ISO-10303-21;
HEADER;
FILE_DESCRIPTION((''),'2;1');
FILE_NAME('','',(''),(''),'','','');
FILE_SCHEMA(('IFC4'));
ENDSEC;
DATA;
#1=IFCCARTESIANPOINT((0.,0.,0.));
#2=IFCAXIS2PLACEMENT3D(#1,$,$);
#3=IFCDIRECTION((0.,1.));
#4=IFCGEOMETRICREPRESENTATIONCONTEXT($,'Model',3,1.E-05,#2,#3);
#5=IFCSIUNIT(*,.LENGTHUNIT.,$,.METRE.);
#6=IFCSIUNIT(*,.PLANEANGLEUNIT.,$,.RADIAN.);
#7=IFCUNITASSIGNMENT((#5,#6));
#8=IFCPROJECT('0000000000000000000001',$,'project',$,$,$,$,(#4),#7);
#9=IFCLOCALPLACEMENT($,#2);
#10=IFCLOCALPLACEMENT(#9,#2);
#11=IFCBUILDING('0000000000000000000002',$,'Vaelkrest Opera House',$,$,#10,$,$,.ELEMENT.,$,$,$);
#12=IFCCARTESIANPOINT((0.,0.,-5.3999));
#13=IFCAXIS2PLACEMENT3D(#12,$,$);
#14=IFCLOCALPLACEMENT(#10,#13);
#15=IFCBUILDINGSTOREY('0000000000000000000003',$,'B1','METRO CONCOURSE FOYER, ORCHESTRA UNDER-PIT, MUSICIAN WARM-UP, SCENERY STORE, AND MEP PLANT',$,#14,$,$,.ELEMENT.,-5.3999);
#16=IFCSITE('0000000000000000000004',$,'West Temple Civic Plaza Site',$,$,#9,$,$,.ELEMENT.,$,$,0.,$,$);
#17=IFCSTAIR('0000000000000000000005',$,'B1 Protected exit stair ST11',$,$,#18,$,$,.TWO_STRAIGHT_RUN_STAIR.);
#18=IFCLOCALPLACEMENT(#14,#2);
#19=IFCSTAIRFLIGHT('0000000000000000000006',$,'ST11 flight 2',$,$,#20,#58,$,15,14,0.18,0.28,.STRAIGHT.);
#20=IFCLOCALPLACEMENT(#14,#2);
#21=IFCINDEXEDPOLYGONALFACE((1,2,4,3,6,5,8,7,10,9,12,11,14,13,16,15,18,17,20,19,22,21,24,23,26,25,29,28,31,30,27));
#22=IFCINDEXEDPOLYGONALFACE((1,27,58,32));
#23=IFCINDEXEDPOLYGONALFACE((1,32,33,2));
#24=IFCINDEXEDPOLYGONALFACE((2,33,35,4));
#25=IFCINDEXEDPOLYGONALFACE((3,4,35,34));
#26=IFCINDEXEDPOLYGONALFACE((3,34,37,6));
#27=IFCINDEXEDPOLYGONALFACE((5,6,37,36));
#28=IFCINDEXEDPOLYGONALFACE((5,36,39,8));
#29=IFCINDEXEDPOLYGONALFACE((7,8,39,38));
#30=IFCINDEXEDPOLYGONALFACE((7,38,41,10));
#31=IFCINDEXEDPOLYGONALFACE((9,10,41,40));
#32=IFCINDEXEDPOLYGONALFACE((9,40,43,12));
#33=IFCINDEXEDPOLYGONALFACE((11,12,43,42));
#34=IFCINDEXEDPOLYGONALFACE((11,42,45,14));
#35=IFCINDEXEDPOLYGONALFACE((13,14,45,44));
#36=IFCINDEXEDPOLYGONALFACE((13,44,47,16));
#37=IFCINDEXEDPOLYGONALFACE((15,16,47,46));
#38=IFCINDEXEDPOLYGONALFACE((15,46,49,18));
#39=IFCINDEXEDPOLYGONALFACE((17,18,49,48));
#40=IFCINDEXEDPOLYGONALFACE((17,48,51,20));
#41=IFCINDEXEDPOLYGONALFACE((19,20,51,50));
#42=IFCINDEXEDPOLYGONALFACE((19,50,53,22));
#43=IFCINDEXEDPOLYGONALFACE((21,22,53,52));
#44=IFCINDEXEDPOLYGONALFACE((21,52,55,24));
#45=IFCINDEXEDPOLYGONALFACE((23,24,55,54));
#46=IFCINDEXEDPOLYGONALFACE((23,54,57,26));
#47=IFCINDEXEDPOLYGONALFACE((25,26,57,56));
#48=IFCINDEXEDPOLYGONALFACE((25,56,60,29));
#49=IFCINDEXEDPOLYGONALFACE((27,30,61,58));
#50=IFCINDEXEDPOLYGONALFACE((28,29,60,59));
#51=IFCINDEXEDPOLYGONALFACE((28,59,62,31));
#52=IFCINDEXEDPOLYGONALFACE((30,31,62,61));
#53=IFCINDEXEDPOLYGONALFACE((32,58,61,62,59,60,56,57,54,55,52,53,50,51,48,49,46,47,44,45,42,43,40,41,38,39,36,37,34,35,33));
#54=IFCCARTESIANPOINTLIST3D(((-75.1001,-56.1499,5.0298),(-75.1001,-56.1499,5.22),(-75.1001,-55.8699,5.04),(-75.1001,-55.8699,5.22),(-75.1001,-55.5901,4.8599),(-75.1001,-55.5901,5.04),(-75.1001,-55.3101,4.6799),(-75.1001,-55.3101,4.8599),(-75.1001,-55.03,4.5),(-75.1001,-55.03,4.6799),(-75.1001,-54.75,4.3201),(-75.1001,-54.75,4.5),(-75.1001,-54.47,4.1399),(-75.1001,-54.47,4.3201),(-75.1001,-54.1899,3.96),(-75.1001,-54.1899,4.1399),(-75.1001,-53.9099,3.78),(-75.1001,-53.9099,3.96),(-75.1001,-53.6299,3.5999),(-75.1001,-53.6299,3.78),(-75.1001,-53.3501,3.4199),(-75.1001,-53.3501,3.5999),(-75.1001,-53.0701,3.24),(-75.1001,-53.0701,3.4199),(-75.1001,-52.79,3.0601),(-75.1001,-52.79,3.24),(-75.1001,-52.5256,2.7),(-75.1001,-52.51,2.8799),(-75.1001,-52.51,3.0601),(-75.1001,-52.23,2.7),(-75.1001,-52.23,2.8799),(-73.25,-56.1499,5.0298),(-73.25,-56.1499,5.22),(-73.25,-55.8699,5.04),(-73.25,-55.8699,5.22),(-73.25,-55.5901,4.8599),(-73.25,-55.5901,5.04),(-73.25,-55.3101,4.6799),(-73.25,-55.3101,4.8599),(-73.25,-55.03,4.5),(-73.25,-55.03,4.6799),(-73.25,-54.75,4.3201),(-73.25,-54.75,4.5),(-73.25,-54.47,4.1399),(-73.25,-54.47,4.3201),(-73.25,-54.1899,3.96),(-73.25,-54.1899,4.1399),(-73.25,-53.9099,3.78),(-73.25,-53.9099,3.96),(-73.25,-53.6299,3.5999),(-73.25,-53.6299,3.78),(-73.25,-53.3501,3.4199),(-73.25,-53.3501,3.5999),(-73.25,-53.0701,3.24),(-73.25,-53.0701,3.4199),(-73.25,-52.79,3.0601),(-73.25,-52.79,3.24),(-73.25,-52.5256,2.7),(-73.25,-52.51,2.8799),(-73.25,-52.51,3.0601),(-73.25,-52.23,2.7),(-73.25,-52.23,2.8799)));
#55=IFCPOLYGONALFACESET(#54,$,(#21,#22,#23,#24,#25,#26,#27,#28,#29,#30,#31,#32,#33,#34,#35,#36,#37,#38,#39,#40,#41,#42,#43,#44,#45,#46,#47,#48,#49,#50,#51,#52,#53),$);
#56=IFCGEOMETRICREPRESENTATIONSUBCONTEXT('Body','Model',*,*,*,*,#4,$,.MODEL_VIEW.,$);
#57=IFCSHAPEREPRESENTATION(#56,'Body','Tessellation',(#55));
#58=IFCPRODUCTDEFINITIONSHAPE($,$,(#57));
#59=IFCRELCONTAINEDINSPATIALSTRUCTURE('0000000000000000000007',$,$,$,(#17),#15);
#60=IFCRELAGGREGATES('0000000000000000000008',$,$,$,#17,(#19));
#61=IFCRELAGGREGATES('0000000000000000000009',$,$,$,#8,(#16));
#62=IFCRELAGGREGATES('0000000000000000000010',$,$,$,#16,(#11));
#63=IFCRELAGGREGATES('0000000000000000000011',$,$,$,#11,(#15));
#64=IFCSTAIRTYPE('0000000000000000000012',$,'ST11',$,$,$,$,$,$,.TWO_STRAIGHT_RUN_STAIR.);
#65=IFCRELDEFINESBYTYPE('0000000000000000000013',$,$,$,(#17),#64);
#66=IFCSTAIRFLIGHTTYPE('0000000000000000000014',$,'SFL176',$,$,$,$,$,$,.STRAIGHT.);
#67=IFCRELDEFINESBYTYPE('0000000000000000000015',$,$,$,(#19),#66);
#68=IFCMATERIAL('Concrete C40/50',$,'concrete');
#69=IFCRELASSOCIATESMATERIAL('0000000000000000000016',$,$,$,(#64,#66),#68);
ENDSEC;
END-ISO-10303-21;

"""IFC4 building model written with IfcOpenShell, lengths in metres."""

from ifc_helpers import new_model, si_unit, direction, frame, origin, place, context, subcontext, project, spatial, polyline, outline, extrude, material, type_object, element, aggregate, save


model = new_model("IFC4")

# Units and contexts
model_context = context("Model", 3, precision=1e-05, world=origin(), true_north=direction((0.0, 1.0)))
body_context = subcontext(model_context, "Body", "Model", "MODEL_VIEW")
ifc_project = project(units=[si_unit("LENGTHUNIT", "METRE"), si_unit("PLANEANGLEUNIT", "RADIAN")], contexts=[model_context])

# Site, building, storey
site_placement = place(None, origin())
site = spatial("IfcSite", under=ifc_project, at=site_placement, Name="West Temple Civic Plaza Site", CompositionType="ELEMENT", RefElevation=0.0)
building_placement = place(site_placement, origin())
building = spatial("IfcBuilding", under=site, at=building_placement, Name="Vaelkrest Opera House", CompositionType="ELEMENT")
storey_placement = place(building_placement, frame((0.0, 0.0, -5.3999)))
storey = spatial("IfcBuildingStorey", under=building, at=storey_placement, Name="B1", Description="METRO CONCOURSE FOYER, ORCHESTRA UNDER-PIT, MUSICIAN WARM-UP, SCENERY STORE, AND MEP PLANT", CompositionType="ELEMENT", Elevation=-5.3999)

# Shared definitions
ifc_material_1 = material(Name="Concrete C40/50", Category="concrete")

# Stair, stair flight
stair_type = type_object("IfcStairType", Name="ST11", PredefinedType="TWO_STRAIGHT_RUN_STAIR", material=ifc_material_1)
stair_placement = place(storey_placement, origin())
stair = element("IfcStair", 1, at=stair_placement, inside=storey, type_object=stair_type, Name="B1 Protected exit stair ST11", PredefinedType="TWO_STRAIGHT_RUN_STAIR")
stair_flight_type = type_object("IfcStairFlightType", Name="SFL176", PredefinedType="STRAIGHT", material=ifc_material_1)
stair_flight_1_placement = place(storey_placement, frame((-74.175, -52.23, 2.7), z_axis=(0.0, 0.0, 1.0), x_axis=(0.0, -1.0, 0.0)))
stair_flight_1 = element("IfcStairFlight", 2, at=stair_flight_1_placement, type_object=stair_flight_type, Name="ST11 flight 2", NumberOfRisers=15, NumberOfTreads=14, PredefinedType="STRAIGHT", RiserHeight=0.18, TreadLength=0.28, context=body_context, shape_type="SweptSolid", body=[
    extrude(outline(polyline([(0.0, 0.0), (0.0, 0.1799), (0.28, 0.1799), (0.28, 0.3601), (0.5601, 0.3601), (0.5601, 0.54), (0.8401, 0.54), (0.8401, 0.72), (1.1201, 0.72), (1.1201, 0.8999), (1.3999, 0.8999), (1.3999, 1.0801), (1.6799, 1.0801), (1.6799, 1.26), (1.96, 1.26), (1.96, 1.4399), (2.24, 1.4399), (2.24, 1.6201), (2.52, 1.6201), (2.52, 1.8), (2.8, 1.8), (2.8, 1.98), (3.0801, 1.98), (3.0801, 2.1599), (3.3601, 2.1599), (3.3601, 2.3401), (3.6399, 2.3401), (3.6399, 2.52), (3.9199, 2.52), (3.9199, 2.7), (3.9199, 2.3298), (0.2957, 0.0), (0.0, 0.0)])), frame((0.0, 0.925, 0.0), z_axis=(0.0, -1.0, 0.0), x_axis=(1.0, 0.0, 0.0)), (0.0, 0.0, 1.0), 1.8501),
])
aggregate(stair, [stair_flight_1])

save(model, "model.ifc")
